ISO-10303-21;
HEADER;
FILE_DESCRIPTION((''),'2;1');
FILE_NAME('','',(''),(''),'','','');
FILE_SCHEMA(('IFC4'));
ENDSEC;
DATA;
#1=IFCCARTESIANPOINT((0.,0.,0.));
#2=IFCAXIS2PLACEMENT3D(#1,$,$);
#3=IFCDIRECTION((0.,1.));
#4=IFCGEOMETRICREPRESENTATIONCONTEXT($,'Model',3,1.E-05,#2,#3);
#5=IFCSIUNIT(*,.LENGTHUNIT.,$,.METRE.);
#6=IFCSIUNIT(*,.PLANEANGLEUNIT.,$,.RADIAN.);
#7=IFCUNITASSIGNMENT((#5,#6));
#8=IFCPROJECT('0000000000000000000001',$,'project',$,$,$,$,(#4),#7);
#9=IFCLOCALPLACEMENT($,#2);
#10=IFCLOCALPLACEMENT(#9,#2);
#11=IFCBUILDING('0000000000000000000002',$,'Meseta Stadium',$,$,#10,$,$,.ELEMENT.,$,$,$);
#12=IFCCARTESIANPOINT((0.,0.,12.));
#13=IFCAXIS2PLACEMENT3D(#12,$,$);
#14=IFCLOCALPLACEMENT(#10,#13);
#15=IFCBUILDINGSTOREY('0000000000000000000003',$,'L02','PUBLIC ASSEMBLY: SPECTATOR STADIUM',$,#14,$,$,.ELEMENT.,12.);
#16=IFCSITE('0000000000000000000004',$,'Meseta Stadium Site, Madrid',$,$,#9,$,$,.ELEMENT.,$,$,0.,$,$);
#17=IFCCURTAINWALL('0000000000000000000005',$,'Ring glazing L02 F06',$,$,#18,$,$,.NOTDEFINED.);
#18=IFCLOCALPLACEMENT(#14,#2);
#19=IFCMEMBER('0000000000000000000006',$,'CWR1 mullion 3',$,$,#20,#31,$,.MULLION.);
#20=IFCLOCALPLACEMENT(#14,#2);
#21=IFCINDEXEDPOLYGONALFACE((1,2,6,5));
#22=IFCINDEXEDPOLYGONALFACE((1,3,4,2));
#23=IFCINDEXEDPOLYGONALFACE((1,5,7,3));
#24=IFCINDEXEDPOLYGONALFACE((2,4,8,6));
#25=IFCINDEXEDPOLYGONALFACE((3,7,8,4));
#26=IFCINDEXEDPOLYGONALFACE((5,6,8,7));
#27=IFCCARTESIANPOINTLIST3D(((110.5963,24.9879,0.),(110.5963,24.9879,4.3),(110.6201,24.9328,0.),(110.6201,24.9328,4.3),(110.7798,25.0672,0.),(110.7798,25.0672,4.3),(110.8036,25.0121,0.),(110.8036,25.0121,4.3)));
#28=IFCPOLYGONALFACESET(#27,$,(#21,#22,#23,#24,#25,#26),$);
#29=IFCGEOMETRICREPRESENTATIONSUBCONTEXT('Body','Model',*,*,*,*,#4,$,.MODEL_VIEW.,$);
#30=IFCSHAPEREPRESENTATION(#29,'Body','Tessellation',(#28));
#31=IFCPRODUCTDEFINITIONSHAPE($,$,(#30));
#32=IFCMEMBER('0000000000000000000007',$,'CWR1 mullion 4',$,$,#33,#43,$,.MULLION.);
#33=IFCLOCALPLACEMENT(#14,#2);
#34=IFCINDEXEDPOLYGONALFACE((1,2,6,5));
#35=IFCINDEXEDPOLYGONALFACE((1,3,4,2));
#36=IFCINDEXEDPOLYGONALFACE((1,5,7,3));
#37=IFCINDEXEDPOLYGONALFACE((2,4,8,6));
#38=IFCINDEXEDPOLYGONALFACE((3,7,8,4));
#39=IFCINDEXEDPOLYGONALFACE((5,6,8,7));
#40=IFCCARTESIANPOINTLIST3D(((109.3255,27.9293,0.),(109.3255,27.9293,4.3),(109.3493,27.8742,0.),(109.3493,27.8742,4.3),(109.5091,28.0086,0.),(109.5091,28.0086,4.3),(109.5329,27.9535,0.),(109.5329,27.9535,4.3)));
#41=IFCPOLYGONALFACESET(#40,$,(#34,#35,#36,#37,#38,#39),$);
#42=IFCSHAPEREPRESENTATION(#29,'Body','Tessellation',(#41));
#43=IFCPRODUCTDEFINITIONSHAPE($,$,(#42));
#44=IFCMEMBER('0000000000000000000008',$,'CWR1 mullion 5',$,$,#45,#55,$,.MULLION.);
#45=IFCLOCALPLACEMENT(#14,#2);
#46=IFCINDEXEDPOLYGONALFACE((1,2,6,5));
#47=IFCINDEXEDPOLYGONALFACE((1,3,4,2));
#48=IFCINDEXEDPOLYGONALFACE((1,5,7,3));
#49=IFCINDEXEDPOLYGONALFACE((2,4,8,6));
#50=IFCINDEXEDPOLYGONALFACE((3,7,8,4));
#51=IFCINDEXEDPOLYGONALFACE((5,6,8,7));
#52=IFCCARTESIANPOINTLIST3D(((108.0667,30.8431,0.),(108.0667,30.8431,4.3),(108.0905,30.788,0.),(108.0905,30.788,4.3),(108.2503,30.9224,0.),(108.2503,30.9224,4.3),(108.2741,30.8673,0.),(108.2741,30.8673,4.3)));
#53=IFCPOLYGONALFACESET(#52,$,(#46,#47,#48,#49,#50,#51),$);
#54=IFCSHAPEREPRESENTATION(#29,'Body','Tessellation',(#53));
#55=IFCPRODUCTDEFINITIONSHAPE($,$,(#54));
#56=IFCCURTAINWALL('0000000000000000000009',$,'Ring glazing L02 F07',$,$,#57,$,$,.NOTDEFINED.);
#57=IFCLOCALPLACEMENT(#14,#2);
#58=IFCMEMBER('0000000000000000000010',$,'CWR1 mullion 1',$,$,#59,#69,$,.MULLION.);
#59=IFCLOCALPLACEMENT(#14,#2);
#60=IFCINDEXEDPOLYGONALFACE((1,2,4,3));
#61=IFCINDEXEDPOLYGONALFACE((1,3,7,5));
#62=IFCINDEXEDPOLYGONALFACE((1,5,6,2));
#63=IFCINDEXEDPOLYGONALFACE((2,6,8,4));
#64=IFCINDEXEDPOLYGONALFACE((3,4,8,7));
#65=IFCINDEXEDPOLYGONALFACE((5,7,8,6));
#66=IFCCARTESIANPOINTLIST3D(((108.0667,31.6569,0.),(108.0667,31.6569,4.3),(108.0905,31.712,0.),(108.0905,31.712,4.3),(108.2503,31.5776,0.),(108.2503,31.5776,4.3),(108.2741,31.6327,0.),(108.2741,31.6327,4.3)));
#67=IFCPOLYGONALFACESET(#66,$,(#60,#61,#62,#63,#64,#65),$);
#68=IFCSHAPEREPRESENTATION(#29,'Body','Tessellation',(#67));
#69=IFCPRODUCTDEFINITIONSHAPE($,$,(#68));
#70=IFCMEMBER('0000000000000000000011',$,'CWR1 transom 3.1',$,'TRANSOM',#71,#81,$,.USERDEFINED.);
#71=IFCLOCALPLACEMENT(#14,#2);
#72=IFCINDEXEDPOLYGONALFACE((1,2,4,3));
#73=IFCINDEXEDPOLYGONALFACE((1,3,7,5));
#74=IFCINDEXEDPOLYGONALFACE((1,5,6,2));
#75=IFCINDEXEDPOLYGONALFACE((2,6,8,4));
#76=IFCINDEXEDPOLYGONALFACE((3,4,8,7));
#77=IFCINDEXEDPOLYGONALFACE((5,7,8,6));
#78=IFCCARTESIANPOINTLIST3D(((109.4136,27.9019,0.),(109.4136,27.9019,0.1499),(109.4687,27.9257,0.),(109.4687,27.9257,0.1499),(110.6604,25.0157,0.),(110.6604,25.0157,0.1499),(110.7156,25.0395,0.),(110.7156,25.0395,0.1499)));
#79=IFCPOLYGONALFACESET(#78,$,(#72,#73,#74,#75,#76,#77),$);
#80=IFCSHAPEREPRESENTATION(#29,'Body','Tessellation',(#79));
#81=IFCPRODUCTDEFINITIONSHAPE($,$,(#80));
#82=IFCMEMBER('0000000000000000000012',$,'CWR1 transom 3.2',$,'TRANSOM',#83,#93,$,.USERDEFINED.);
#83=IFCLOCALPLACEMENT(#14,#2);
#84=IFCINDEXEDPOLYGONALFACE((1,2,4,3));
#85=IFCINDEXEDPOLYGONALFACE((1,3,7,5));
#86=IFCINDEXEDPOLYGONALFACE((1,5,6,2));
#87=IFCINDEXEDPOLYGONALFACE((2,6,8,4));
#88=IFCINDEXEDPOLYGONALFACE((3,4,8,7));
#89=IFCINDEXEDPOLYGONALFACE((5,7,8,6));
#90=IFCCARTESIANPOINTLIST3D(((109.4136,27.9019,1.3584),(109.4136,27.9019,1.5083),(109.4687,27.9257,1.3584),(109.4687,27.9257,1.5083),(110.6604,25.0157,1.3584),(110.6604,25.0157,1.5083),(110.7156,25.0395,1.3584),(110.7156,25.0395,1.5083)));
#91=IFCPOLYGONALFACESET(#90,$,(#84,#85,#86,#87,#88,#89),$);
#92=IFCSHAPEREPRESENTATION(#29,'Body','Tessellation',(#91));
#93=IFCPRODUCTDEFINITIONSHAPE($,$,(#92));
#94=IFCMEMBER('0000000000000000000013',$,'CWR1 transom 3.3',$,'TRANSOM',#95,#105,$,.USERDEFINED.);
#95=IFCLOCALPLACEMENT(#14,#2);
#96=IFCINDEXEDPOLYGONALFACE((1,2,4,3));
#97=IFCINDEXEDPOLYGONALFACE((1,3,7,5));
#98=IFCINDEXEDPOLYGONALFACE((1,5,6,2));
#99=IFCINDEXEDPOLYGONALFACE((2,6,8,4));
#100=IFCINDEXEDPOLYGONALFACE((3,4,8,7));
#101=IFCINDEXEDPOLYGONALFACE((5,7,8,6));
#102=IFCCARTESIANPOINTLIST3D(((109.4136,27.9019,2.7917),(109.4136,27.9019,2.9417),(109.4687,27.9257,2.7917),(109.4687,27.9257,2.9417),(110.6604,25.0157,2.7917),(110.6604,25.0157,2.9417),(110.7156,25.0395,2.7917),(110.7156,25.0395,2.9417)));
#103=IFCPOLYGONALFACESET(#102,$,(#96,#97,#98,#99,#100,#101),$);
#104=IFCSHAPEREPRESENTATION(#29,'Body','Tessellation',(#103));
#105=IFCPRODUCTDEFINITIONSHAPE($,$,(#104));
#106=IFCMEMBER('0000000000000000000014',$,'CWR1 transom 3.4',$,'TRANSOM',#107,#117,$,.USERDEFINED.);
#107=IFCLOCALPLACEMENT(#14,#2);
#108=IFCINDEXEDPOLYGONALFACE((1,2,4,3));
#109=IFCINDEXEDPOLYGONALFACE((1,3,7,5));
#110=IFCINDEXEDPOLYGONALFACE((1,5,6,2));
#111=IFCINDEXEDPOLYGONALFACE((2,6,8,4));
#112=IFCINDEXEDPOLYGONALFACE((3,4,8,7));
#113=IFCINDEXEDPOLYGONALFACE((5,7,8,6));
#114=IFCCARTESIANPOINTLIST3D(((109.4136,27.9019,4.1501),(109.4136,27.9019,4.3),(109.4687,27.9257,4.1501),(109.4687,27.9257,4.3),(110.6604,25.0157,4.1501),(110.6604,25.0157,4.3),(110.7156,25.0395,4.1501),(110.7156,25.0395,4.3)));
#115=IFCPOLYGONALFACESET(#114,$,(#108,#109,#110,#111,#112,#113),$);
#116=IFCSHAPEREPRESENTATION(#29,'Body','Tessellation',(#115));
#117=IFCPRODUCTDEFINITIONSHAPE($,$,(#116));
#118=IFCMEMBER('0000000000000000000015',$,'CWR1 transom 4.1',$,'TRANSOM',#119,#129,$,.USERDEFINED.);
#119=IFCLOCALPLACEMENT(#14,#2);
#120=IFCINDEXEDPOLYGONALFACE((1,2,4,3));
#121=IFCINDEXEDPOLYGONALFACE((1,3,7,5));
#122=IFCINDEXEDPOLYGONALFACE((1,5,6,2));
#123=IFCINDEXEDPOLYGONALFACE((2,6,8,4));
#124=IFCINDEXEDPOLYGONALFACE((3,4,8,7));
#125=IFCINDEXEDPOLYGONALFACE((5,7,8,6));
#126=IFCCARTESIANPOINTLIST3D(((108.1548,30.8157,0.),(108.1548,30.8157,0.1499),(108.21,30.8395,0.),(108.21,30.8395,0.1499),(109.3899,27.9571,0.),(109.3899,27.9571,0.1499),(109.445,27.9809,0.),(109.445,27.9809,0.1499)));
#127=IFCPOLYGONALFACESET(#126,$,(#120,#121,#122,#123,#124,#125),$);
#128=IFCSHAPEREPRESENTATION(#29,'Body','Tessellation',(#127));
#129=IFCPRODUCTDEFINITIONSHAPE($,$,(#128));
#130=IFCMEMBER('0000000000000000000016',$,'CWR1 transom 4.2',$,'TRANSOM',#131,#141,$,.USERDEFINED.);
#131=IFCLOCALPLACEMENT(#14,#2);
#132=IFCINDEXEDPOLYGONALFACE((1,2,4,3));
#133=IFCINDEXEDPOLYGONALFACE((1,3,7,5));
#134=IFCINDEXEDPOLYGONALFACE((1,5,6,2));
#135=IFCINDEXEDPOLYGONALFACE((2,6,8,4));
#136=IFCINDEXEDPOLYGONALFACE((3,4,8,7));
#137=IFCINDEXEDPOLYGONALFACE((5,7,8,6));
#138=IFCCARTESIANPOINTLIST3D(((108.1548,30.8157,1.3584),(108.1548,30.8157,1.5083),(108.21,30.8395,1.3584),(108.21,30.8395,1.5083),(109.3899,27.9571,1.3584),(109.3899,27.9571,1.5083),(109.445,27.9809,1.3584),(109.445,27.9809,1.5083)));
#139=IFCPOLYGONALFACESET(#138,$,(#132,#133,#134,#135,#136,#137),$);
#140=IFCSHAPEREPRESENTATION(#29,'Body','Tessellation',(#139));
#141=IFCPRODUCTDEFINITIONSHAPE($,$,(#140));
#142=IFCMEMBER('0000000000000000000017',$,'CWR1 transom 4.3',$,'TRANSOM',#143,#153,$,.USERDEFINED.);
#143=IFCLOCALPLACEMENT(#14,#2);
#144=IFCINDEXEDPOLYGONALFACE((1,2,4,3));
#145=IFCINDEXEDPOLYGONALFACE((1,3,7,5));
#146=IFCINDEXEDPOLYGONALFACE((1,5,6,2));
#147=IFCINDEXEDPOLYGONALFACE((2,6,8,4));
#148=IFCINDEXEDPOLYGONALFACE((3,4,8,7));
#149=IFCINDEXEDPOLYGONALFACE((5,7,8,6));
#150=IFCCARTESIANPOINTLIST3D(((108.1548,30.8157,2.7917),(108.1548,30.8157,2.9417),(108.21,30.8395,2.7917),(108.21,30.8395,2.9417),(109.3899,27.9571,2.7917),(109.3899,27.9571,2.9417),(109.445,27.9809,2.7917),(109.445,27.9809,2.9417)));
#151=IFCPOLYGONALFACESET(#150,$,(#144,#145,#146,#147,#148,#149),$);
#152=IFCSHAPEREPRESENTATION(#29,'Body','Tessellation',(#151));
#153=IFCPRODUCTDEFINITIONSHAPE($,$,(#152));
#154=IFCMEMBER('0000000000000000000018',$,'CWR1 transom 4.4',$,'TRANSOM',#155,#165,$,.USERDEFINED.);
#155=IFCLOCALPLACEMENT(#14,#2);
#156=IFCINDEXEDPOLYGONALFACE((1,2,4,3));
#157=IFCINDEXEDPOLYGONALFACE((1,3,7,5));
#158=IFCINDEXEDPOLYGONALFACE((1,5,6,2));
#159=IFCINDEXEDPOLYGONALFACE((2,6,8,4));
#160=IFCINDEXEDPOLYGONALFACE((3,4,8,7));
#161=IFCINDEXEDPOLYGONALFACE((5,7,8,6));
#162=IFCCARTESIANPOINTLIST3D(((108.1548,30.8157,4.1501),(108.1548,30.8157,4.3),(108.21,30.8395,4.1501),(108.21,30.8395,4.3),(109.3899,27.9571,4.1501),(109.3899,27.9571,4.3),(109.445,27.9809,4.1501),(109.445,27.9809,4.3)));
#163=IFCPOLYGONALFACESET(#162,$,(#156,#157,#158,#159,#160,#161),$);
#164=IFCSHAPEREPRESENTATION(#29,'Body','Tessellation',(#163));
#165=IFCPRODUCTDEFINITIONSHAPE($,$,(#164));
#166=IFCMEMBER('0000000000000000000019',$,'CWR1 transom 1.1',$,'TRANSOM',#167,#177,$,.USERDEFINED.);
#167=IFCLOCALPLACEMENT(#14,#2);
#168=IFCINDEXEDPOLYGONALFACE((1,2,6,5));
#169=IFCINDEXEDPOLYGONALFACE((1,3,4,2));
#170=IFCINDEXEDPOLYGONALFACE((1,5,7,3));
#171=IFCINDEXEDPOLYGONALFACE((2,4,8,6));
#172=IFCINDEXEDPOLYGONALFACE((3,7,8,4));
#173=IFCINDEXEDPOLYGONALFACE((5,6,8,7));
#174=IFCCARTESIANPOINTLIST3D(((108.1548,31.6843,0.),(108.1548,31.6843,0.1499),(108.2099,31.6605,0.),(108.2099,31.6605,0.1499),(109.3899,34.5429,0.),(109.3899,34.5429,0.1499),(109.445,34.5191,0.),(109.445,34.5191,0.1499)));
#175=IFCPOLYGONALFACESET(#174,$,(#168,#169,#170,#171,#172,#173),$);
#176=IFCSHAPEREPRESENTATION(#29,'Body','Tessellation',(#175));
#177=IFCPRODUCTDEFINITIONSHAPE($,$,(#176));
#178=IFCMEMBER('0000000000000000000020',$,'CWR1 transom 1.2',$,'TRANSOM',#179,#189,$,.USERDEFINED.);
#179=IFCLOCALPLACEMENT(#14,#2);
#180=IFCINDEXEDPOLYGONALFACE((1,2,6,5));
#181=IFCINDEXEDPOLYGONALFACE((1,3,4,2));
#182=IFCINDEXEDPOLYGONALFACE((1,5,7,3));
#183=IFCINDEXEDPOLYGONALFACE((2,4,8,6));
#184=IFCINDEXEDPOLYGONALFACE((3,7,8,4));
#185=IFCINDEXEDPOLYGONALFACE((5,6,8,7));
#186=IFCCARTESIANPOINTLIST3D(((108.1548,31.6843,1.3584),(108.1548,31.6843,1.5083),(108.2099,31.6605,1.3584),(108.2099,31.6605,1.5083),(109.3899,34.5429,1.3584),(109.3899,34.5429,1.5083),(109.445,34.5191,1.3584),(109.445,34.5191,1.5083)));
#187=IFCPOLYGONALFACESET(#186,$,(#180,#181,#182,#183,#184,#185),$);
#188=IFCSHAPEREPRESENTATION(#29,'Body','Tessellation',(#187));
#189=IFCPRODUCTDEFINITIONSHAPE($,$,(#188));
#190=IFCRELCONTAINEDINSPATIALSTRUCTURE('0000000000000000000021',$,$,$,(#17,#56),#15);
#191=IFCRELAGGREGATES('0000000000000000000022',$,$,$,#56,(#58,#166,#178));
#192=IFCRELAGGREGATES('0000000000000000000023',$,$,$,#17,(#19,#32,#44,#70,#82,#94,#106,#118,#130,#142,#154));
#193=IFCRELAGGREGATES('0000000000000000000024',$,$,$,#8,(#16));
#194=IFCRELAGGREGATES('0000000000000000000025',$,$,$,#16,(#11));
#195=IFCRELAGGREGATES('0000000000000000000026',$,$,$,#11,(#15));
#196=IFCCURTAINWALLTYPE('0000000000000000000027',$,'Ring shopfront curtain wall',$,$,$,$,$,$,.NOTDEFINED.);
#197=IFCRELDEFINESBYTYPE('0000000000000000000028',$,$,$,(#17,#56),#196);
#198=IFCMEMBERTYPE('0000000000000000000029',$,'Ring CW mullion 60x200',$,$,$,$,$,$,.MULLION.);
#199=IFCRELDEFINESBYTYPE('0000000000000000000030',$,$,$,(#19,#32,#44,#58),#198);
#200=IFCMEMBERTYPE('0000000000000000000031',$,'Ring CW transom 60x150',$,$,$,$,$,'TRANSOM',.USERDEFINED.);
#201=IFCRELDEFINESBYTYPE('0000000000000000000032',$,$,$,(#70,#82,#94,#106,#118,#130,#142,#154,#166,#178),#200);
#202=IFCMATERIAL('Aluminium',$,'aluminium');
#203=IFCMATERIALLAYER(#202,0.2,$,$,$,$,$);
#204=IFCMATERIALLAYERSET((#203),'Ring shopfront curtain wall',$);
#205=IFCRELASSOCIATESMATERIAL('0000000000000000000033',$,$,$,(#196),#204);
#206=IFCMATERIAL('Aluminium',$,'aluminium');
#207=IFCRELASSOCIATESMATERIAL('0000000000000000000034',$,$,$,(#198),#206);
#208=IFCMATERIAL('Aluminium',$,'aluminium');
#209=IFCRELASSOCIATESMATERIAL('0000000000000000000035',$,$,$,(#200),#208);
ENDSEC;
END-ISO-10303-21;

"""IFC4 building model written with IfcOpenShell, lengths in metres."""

from ifc_helpers import new_model, si_unit, direction, frame, origin, origin_2d, place, context, subcontext, project, spatial, rectangle, extrude, material, layer, layer_set, material_profile, profile_set, type_object, element, aggregate, save


model = new_model("IFC4")

# Units and contexts
model_context = context("Model", 3, precision=1e-05, world=origin(), true_north=direction((0.0, 1.0)))
body_context = subcontext(model_context, "Body", "Model", "MODEL_VIEW")
ifc_project = project(units=[si_unit("LENGTHUNIT", "METRE"), si_unit("PLANEANGLEUNIT", "RADIAN")], contexts=[model_context])

# Site, building, storey
site_placement = place(None, origin())
site = spatial("IfcSite", under=ifc_project, at=site_placement, Name="Meseta Stadium Site, Madrid", CompositionType="ELEMENT", RefElevation=0.0)
building_placement = place(site_placement, origin())
building = spatial("IfcBuilding", under=site, at=building_placement, Name="Meseta Stadium", CompositionType="ELEMENT")
storey_placement = place(building_placement, frame((0.0, 0.0, 12.0)))
storey = spatial("IfcBuildingStorey", under=building, at=storey_placement, Name="L02", Description="PUBLIC ASSEMBLY: SPECTATOR STADIUM", CompositionType="ELEMENT", Elevation=12.0)

# Curtain wall, members
ifc_material_1 = material(Name="Aluminium", Category="aluminium")
ifc_layer_1 = layer(ifc_material_1, 0.2)
ifc_layer_set_1 = layer_set([ifc_layer_1], Name="Ring shopfront curtain wall")
curtain_wall_type = type_object("IfcCurtainWallType", Name="Ring shopfront curtain wall", PredefinedType="NOTDEFINED", material=ifc_layer_set_1)
curtain_wall_1_placement = place(storey_placement, origin())
curtain_wall_1 = element("IfcCurtainWall", 1, at=curtain_wall_1_placement, inside=storey, type_object=curtain_wall_type, Name="Ring glazing L02 F06", PredefinedType="NOTDEFINED")
ifc_material_2 = material(Name="Aluminium", Category="aluminium")
ifc_material_profile_1 = material_profile(ifc_material_2, rectangle(XDim=0.2, YDim=0.0601, at=origin_2d()), Name="CW 200x60")
ifc_profile_set_1 = profile_set([ifc_material_profile_1], Name="Aluminium")
member_type_1 = type_object("IfcMemberType", Name="Ring CW mullion 60x200", PredefinedType="MULLION", material=ifc_profile_set_1)
member_1_placement = place(storey_placement, frame((110.7, 25.0, 0.0), z_axis=(0.0, 0.0, 1.0), x_axis=(-0.918, -0.396581, 0.0)))
member_1 = element("IfcMember", 2, at=member_1_placement, type_object=member_type_1, Name="CWR1 mullion 3", PredefinedType="MULLION", context=body_context, shape_type="SweptSolid", body=[
    extrude(rectangle(XDim=0.2, YDim=0.0601, at=origin_2d()), origin(), (0.0, 0.0, 1.0), 4.3),
])
member_2_placement = place(storey_placement, frame((109.4292, 27.9414, 0.0), z_axis=(0.0, 0.0, 1.0), x_axis=(-0.918, -0.396581, 0.0)))
member_2 = element("IfcMember", 3, at=member_2_placement, type_object=member_type_1, Name="CWR1 mullion 4", PredefinedType="MULLION", context=body_context, shape_type="SweptSolid", body=[
    extrude(rectangle(XDim=0.2, YDim=0.0601, at=origin_2d()), origin(), (0.0, 0.0, 1.0), 4.3),
])
member_3_placement = place(storey_placement, frame((108.1704, 30.8552, 0.0), z_axis=(0.0, 0.0, 1.0), x_axis=(-0.918, -0.396581, 0.0)))
member_3 = element("IfcMember", 4, at=member_3_placement, type_object=member_type_1, Name="CWR1 mullion 5", PredefinedType="MULLION", context=body_context, shape_type="SweptSolid", body=[
    extrude(rectangle(XDim=0.2, YDim=0.0601, at=origin_2d()), origin(), (0.0, 0.0, 1.0), 4.3),
])

# Curtain wall, member
curtain_wall_2_placement = place(storey_placement, origin())
curtain_wall_2 = element("IfcCurtainWall", 5, at=curtain_wall_2_placement, inside=storey, type_object=curtain_wall_type, Name="Ring glazing L02 F07", PredefinedType="NOTDEFINED")
member_4_placement = place(storey_placement, frame((108.1704, 31.6448, 0.0), z_axis=(0.0, 0.0, 1.0), x_axis=(-0.918, 0.396581, 0.0)))
member_4 = element("IfcMember", 6, at=member_4_placement, type_object=member_type_1, Name="CWR1 mullion 1", PredefinedType="MULLION", context=body_context, shape_type="SweptSolid", body=[
    extrude(rectangle(XDim=0.2, YDim=0.0601, at=origin_2d()), origin(), (0.0, 0.0, 1.0), 4.3),
])

# Members
ifc_material_3 = material(Name="Aluminium", Category="aluminium")
ifc_material_profile_2 = material_profile(ifc_material_3, rectangle(XDim=0.0601, YDim=0.1499, at=origin_2d()), Name="CW 60x150")
ifc_profile_set_2 = profile_set([ifc_material_profile_2], Name="Aluminium")
member_type_2 = type_object("IfcMemberType", Name="Ring CW transom 60x150", ElementType="TRANSOM", PredefinedType="USERDEFINED", material=ifc_profile_set_2)
member_5_placement = place(storey_placement, frame((110.688, 25.0276, 0.075), z_axis=(-0.39657, 0.918005, 0.0), x_axis=(-0.918005, -0.39657, 0.0)))
member_5 = element("IfcMember", 7, at=member_5_placement, type_object=member_type_2, Name="CWR1 transom 3.1", ObjectType="TRANSOM", PredefinedType="USERDEFINED", context=body_context, shape_type="SweptSolid", body=[
    extrude(rectangle(XDim=0.0601, YDim=0.1499, at=origin_2d()), origin(), (0.0, 0.0, 1.0), 3.144),
])
member_6_placement = place(storey_placement, frame((110.688, 25.0276, 1.4333), z_axis=(-0.39657, 0.918005, 0.0), x_axis=(-0.918005, -0.39657, 0.0)))
member_6 = element("IfcMember", 8, at=member_6_placement, type_object=member_type_2, Name="CWR1 transom 3.2", ObjectType="TRANSOM", PredefinedType="USERDEFINED", context=body_context, shape_type="SweptSolid", body=[
    extrude(rectangle(XDim=0.0601, YDim=0.1499, at=origin_2d()), origin(), (0.0, 0.0, 1.0), 3.144),
])
member_7_placement = place(storey_placement, frame((110.688, 25.0276, 2.8667), z_axis=(-0.39657, 0.918005, 0.0), x_axis=(-0.918005, -0.39657, 0.0)))
member_7 = element("IfcMember", 9, at=member_7_placement, type_object=member_type_2, Name="CWR1 transom 3.3", ObjectType="TRANSOM", PredefinedType="USERDEFINED", context=body_context, shape_type="SweptSolid", body=[
    extrude(rectangle(XDim=0.0601, YDim=0.1499, at=origin_2d()), origin(), (0.0, 0.0, 1.0), 3.144),
])
member_8_placement = place(storey_placement, frame((110.688, 25.0276, 4.2251), z_axis=(-0.39657, 0.918005, 0.0), x_axis=(-0.918005, -0.39657, 0.0)))
member_8 = element("IfcMember", 10, at=member_8_placement, type_object=member_type_2, Name="CWR1 transom 3.4", ObjectType="TRANSOM", PredefinedType="USERDEFINED", context=body_context, shape_type="SweptSolid", body=[
    extrude(rectangle(XDim=0.0601, YDim=0.1499, at=origin_2d()), origin(), (0.0, 0.0, 1.0), 3.144),
])
member_9_placement = place(storey_placement, frame((109.4175, 27.969, 0.075), z_axis=(-0.396624, 0.917981, 0.0), x_axis=(-0.917981, -0.396624, 0.0)))
member_9 = element("IfcMember", 11, at=member_9_placement, type_object=member_type_2, Name="CWR1 transom 4.1", ObjectType="TRANSOM", PredefinedType="USERDEFINED", context=body_context, shape_type="SweptSolid", body=[
    extrude(rectangle(XDim=0.0601, YDim=0.1499, at=origin_2d()), origin(), (0.0, 0.0, 1.0), 3.114),
])
member_10_placement = place(storey_placement, frame((109.4175, 27.969, 1.4333), z_axis=(-0.396624, 0.917981, 0.0), x_axis=(-0.917981, -0.396624, 0.0)))
member_10 = element("IfcMember", 12, at=member_10_placement, type_object=member_type_2, Name="CWR1 transom 4.2", ObjectType="TRANSOM", PredefinedType="USERDEFINED", context=body_context, shape_type="SweptSolid", body=[
    extrude(rectangle(XDim=0.0601, YDim=0.1499, at=origin_2d()), origin(), (0.0, 0.0, 1.0), 3.114),
])
member_11_placement = place(storey_placement, frame((109.4175, 27.969, 2.8667), z_axis=(-0.396624, 0.917981, 0.0), x_axis=(-0.917981, -0.396624, 0.0)))
member_11 = element("IfcMember", 13, at=member_11_placement, type_object=member_type_2, Name="CWR1 transom 4.3", ObjectType="TRANSOM", PredefinedType="USERDEFINED", context=body_context, shape_type="SweptSolid", body=[
    extrude(rectangle(XDim=0.0601, YDim=0.1499, at=origin_2d()), origin(), (0.0, 0.0, 1.0), 3.114),
])
member_12_placement = place(storey_placement, frame((109.4175, 27.969, 4.2251), z_axis=(-0.396624, 0.917981, 0.0), x_axis=(-0.917981, -0.396624, 0.0)))
member_12 = element("IfcMember", 14, at=member_12_placement, type_object=member_type_2, Name="CWR1 transom 4.4", ObjectType="TRANSOM", PredefinedType="USERDEFINED", context=body_context, shape_type="SweptSolid", body=[
    extrude(rectangle(XDim=0.0601, YDim=0.1499, at=origin_2d()), origin(), (0.0, 0.0, 1.0), 3.114),
])
member_13_placement = place(storey_placement, frame((108.1824, 31.6724, 0.075), z_axis=(0.396624, 0.917981, 0.0), x_axis=(-0.917981, 0.396624, 0.0)))
member_13 = element("IfcMember", 15, at=member_13_placement, type_object=member_type_2, Name="CWR1 transom 1.1", ObjectType="TRANSOM", PredefinedType="USERDEFINED", context=body_context, shape_type="SweptSolid", body=[
    extrude(rectangle(XDim=0.0601, YDim=0.1499, at=origin_2d()), origin(), (0.0, 0.0, 1.0), 3.114),
])
member_14_placement = place(storey_placement, frame((108.1824, 31.6724, 1.4333), z_axis=(0.396624, 0.917981, 0.0), x_axis=(-0.917981, 0.396624, 0.0)))
member_14 = element("IfcMember", 16, at=member_14_placement, type_object=member_type_2, Name="CWR1 transom 1.2", ObjectType="TRANSOM", PredefinedType="USERDEFINED", context=body_context, shape_type="SweptSolid", body=[
    extrude(rectangle(XDim=0.0601, YDim=0.1499, at=origin_2d()), origin(), (0.0, 0.0, 1.0), 3.114),
])
aggregate(curtain_wall_2, [member_4, member_13, member_14])

aggregate(curtain_wall_1, [member_1, member_2, member_3, member_5, member_6, member_7, member_8, member_9, member_10, member_11, member_12])

save(model, "model.ifc")
